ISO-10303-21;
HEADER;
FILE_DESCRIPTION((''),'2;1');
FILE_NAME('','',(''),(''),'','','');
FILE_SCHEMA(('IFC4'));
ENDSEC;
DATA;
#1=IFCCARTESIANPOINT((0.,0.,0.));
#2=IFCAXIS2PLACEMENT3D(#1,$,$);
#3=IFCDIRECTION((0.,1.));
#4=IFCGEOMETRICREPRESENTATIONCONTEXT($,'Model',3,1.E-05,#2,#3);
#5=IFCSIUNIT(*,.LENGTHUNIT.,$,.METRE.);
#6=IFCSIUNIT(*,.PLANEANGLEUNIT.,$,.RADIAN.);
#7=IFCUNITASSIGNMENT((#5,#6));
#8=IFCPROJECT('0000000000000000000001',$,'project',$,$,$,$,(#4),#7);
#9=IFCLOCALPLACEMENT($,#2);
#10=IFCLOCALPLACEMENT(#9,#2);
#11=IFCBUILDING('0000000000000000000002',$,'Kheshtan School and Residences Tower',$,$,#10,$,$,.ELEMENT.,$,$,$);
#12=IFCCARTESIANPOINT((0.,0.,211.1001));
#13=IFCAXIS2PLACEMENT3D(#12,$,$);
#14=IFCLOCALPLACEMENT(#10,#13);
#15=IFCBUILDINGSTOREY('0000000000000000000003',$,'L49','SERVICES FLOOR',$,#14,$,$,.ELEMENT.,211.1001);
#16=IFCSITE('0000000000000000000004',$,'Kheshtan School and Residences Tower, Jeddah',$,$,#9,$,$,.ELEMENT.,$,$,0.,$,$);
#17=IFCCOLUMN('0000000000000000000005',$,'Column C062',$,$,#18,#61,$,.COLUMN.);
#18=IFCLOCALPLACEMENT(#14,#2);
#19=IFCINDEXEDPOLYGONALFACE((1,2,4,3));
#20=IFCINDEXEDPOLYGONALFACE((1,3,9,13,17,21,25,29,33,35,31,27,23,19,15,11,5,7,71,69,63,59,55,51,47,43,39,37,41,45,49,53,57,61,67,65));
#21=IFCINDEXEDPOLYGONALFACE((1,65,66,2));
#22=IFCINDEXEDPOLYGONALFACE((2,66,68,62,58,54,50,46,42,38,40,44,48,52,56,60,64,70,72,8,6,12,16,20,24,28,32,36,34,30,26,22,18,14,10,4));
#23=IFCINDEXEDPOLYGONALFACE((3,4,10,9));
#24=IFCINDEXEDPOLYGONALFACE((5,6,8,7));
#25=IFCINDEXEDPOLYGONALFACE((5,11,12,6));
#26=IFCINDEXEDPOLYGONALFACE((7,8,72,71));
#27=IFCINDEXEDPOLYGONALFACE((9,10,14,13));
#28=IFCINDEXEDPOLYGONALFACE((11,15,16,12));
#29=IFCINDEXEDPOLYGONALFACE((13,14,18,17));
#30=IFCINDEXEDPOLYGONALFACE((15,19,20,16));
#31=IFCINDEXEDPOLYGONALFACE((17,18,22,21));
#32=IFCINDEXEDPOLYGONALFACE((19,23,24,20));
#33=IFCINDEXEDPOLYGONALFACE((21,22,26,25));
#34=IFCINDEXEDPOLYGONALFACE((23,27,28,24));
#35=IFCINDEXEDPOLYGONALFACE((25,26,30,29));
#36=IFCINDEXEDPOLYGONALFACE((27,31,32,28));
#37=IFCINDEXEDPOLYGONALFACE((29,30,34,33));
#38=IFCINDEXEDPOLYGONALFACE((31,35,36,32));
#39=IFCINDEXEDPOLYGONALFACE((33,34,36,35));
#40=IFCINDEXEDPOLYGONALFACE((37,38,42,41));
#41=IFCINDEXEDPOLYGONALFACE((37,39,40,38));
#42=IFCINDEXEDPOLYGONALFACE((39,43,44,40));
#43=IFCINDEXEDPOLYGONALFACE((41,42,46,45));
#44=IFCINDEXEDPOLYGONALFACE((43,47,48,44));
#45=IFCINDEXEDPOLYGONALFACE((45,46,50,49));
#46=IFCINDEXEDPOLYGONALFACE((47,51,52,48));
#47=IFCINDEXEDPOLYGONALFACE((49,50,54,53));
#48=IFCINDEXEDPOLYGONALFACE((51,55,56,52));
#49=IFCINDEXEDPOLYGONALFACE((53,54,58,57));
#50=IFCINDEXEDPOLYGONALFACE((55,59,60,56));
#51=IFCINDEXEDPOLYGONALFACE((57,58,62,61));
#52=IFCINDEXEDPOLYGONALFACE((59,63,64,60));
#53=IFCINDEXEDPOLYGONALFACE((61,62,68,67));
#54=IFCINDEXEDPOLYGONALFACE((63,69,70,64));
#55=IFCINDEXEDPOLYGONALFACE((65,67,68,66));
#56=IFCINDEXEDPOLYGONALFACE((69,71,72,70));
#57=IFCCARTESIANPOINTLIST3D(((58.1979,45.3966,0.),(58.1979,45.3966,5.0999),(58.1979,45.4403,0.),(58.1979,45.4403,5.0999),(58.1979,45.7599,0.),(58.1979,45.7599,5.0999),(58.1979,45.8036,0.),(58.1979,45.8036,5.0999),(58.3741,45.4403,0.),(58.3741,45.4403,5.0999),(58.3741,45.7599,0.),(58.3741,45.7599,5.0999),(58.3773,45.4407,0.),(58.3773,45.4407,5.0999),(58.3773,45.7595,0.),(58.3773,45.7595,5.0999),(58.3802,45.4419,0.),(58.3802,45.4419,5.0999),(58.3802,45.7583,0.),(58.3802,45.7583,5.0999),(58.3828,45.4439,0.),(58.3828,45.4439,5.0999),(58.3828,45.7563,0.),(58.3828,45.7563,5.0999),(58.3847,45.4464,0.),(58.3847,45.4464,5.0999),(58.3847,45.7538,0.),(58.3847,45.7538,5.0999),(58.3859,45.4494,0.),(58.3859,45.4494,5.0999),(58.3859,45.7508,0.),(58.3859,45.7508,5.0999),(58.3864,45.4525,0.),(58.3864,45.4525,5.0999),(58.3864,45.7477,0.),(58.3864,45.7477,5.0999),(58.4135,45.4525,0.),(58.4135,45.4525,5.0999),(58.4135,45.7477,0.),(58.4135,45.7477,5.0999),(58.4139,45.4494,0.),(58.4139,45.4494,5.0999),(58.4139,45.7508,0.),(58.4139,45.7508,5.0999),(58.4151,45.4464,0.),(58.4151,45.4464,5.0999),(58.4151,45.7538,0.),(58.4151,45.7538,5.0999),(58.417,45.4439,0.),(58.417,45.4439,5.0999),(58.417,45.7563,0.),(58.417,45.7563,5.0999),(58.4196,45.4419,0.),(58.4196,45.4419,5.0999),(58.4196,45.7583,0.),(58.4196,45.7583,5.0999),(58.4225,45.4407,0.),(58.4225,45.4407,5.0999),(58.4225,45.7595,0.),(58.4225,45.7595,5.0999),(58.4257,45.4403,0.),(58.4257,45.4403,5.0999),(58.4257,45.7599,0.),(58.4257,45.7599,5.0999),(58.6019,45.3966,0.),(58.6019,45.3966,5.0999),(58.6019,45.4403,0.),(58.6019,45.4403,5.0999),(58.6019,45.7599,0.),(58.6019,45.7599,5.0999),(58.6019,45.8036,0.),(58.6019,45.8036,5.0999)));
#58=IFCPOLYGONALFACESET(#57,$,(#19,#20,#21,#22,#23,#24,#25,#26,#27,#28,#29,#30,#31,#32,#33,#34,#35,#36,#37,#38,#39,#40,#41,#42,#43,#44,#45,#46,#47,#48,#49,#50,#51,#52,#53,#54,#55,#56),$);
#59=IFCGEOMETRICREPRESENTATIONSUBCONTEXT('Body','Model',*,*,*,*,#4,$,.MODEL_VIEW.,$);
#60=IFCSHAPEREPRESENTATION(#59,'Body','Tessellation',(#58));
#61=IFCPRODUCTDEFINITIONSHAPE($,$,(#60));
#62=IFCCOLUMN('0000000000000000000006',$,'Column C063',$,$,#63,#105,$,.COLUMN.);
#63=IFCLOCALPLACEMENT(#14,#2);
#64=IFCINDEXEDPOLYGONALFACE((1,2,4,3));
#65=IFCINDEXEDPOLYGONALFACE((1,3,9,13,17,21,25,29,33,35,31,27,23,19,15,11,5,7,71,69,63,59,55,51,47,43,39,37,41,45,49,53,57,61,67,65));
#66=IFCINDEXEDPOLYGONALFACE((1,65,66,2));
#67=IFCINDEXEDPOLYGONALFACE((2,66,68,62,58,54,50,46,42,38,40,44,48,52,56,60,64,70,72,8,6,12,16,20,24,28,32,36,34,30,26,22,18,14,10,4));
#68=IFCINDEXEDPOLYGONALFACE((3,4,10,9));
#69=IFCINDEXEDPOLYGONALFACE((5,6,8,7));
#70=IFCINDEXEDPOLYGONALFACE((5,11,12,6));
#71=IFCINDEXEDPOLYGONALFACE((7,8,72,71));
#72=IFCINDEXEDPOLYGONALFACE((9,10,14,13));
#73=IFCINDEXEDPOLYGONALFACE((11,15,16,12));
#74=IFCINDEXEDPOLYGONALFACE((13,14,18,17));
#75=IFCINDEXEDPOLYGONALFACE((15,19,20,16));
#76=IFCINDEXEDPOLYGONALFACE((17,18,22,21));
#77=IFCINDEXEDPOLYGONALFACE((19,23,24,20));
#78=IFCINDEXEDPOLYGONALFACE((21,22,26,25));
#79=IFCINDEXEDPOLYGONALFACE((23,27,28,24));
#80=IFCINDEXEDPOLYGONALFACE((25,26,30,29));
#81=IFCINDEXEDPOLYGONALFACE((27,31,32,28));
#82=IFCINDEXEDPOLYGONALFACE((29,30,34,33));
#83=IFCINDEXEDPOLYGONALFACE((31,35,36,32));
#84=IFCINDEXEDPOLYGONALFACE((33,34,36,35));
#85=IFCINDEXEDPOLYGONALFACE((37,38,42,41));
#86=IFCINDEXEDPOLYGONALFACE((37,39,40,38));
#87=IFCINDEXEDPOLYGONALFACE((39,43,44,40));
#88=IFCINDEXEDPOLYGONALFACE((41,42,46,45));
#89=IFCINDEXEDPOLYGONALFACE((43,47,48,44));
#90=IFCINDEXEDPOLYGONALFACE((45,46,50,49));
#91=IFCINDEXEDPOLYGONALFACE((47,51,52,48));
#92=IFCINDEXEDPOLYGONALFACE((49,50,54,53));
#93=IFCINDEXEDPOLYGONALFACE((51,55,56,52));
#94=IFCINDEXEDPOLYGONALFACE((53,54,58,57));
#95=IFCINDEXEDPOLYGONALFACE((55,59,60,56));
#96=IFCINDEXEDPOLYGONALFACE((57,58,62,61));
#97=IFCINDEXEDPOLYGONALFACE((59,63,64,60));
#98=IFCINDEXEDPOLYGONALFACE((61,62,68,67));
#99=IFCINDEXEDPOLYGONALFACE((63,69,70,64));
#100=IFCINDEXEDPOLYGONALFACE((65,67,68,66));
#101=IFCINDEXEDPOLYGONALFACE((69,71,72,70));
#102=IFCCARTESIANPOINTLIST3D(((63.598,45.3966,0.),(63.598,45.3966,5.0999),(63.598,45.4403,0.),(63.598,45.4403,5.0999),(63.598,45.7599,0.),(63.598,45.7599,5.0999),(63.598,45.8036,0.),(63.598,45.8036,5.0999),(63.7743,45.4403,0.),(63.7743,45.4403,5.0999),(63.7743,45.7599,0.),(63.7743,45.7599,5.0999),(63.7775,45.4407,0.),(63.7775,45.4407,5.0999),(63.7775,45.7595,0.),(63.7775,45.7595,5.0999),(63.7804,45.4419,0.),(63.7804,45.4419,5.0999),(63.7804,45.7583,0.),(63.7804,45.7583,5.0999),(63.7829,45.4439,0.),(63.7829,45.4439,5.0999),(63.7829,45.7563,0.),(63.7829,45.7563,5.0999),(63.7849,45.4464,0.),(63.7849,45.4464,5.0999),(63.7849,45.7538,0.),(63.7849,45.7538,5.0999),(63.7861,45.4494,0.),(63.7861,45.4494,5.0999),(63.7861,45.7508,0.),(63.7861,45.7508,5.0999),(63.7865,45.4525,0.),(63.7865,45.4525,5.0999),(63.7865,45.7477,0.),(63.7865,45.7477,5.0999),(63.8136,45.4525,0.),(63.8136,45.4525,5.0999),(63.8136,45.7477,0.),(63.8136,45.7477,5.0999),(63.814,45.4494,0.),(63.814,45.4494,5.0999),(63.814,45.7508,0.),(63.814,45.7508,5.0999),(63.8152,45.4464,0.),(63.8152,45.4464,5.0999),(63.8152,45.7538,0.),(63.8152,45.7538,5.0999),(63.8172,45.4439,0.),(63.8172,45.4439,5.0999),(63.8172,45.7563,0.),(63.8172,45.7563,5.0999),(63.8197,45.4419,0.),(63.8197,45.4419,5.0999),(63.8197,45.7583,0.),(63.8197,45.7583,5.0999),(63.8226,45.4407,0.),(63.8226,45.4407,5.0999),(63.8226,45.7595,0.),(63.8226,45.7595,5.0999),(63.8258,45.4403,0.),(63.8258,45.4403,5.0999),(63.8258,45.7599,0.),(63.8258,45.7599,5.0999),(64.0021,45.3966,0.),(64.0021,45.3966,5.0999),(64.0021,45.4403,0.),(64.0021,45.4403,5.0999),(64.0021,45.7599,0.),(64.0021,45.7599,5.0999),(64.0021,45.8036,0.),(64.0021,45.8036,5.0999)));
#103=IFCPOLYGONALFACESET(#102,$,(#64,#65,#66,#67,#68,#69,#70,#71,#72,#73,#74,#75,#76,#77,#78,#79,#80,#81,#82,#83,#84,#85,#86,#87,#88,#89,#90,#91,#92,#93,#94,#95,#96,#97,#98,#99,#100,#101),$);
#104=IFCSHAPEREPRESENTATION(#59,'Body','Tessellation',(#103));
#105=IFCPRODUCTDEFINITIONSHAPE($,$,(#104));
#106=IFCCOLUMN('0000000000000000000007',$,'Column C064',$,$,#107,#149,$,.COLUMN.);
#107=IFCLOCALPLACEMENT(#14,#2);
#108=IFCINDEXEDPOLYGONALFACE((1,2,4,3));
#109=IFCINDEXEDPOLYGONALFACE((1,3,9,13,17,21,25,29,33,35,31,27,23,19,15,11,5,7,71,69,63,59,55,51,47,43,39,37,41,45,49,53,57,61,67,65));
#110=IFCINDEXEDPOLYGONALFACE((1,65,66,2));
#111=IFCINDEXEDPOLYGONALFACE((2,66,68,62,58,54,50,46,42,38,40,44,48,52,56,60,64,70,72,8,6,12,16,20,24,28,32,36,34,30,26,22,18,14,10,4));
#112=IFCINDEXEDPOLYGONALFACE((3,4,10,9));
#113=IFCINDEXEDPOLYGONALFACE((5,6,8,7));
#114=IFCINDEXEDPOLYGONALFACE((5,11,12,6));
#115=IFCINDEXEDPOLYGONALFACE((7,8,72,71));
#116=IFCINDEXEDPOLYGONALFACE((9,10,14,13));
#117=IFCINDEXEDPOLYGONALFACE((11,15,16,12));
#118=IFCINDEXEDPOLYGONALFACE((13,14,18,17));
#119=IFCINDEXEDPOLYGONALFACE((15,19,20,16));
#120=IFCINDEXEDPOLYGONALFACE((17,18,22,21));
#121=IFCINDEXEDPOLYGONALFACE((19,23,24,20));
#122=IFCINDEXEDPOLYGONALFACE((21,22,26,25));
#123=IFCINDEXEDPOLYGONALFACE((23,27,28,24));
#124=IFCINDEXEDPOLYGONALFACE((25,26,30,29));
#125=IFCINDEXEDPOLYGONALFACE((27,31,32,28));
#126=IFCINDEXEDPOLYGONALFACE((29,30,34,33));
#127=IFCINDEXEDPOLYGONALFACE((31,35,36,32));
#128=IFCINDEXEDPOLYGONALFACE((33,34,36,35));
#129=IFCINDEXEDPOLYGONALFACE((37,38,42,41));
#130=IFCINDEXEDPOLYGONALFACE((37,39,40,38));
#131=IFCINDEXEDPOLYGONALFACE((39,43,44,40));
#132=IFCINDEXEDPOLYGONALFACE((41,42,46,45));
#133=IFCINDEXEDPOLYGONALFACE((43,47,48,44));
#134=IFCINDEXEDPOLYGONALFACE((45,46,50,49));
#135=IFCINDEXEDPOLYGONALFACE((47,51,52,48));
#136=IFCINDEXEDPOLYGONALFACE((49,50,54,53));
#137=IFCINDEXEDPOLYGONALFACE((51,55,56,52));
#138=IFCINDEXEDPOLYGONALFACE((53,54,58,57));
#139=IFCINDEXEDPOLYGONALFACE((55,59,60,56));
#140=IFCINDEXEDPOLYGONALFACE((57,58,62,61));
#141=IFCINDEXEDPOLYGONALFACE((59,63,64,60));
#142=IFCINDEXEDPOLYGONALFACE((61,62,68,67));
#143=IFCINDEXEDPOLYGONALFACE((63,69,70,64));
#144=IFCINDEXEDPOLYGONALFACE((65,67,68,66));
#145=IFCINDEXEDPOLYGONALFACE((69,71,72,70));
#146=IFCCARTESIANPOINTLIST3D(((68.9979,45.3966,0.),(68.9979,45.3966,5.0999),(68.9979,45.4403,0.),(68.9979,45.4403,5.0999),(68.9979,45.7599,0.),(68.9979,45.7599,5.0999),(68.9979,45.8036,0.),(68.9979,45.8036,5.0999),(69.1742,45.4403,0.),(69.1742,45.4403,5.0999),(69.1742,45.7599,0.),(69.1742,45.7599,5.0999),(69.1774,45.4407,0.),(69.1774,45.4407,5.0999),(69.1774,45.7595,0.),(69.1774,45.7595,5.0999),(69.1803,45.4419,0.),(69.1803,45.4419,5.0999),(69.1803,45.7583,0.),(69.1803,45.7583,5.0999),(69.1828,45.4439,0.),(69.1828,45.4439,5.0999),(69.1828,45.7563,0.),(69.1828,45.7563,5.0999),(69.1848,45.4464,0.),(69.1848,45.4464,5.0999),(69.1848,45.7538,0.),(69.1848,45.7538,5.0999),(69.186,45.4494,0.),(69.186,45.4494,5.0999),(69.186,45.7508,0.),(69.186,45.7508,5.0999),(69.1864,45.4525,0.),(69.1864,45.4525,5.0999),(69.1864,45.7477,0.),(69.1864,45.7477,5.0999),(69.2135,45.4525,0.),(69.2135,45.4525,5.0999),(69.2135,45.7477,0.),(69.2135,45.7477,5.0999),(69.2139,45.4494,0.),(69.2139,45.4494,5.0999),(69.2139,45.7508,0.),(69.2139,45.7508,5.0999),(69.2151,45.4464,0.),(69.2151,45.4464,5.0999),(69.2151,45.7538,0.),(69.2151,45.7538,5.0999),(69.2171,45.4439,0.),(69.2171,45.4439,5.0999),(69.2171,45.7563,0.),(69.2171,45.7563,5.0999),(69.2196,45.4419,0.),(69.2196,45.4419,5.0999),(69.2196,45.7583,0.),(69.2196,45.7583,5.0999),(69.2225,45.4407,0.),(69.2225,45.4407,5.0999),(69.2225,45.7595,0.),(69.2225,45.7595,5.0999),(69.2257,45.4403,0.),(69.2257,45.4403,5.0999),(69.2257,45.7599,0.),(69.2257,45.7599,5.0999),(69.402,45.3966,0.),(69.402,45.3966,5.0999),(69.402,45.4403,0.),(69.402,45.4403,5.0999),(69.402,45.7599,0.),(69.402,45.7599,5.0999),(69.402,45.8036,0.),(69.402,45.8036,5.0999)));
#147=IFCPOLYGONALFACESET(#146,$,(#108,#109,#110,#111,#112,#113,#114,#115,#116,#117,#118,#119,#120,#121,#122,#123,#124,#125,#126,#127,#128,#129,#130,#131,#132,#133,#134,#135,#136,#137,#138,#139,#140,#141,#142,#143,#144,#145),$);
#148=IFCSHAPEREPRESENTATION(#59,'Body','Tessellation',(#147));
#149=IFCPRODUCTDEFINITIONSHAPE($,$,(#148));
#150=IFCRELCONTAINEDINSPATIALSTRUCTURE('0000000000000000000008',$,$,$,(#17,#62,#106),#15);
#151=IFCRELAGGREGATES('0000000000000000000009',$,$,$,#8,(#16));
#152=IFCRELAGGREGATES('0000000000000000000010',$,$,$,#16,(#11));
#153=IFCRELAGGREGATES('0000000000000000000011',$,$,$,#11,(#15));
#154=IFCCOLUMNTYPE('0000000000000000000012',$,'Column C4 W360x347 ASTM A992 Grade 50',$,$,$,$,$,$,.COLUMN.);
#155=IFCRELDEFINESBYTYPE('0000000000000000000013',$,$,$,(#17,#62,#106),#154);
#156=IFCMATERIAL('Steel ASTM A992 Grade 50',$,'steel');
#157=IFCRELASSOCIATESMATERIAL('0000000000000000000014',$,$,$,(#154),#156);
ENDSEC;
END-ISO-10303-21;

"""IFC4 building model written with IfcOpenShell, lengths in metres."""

from ifc_helpers import new_model, si_unit, direction, frame, origin, origin_2d, place, context, subcontext, project, spatial, i_section, extrude, material, material_profile, profile_set, type_object, element, save


model = new_model("IFC4")

# Units and contexts
model_context = context("Model", 3, precision=1e-05, world=origin(), true_north=direction((0.0, 1.0)))
body_context = subcontext(model_context, "Body", "Model", "MODEL_VIEW")
ifc_project = project(units=[si_unit("LENGTHUNIT", "METRE"), si_unit("PLANEANGLEUNIT", "RADIAN")], contexts=[model_context])

# Site, building, storey
site_placement = place(None, origin())
site = spatial("IfcSite", under=ifc_project, at=site_placement, Name="Kheshtan School and Residences Tower, Jeddah", CompositionType="ELEMENT", RefElevation=0.0)
building_placement = place(site_placement, origin())
building = spatial("IfcBuilding", under=site, at=building_placement, Name="Kheshtan School and Residences Tower", CompositionType="ELEMENT")
storey_placement = place(building_placement, frame((0.0, 0.0, 211.1001)))
storey = spatial("IfcBuildingStorey", under=building, at=storey_placement, Name="L49", Description="SERVICES FLOOR", CompositionType="ELEMENT", Elevation=211.1001)

# Columns
ifc_material_1 = material(Name="Steel ASTM A992 Grade 50", Category="steel")
ifc_material_profile_1 = material_profile(ifc_material_1, i_section(OverallWidth=0.4041, OverallDepth=0.407, WebThickness=0.0271, FlangeThickness=0.0437, FilletRadius=0.0122, at=origin_2d()), Name="W360x347")
ifc_profile_set_1 = profile_set([ifc_material_profile_1], Name="Steel ASTM A992 Grade 50")
column_type_1 = type_object("IfcColumnType", Name="Column C4 W360x347 ASTM A992 Grade 50", PredefinedType="COLUMN", material=ifc_profile_set_1)
for number, where, z_axis, x_axis, name in (
    (1, (58.3999, 45.6001, 0.0), (0.0, 0.0, 1.0), (1.0, 0.0, 0.0), "Column C062"),
    (2, (63.8, 45.6001, 0.0), (0.0, 0.0, 1.0), (1.0, 0.0, 0.0), "Column C063"),
    (3, (69.2, 45.6001, 0.0), (0.0, 0.0, 1.0), (1.0, 0.0, 0.0), "Column C064"),
):
    element("IfcColumn", number, at=place(storey_placement, frame(where, z_axis=z_axis, x_axis=x_axis)), inside=storey, type_object=column_type_1, Name=name, PredefinedType="COLUMN", context=body_context, shape_type="SweptSolid", body=[
        extrude(i_section(OverallWidth=0.4041, OverallDepth=0.407, WebThickness=0.0271, FlangeThickness=0.0437, FilletRadius=0.0122, at=origin_2d()), origin(), (0.0, 0.0, 1.0), 5.0999),
    ])

save(model, "model.ifc")
